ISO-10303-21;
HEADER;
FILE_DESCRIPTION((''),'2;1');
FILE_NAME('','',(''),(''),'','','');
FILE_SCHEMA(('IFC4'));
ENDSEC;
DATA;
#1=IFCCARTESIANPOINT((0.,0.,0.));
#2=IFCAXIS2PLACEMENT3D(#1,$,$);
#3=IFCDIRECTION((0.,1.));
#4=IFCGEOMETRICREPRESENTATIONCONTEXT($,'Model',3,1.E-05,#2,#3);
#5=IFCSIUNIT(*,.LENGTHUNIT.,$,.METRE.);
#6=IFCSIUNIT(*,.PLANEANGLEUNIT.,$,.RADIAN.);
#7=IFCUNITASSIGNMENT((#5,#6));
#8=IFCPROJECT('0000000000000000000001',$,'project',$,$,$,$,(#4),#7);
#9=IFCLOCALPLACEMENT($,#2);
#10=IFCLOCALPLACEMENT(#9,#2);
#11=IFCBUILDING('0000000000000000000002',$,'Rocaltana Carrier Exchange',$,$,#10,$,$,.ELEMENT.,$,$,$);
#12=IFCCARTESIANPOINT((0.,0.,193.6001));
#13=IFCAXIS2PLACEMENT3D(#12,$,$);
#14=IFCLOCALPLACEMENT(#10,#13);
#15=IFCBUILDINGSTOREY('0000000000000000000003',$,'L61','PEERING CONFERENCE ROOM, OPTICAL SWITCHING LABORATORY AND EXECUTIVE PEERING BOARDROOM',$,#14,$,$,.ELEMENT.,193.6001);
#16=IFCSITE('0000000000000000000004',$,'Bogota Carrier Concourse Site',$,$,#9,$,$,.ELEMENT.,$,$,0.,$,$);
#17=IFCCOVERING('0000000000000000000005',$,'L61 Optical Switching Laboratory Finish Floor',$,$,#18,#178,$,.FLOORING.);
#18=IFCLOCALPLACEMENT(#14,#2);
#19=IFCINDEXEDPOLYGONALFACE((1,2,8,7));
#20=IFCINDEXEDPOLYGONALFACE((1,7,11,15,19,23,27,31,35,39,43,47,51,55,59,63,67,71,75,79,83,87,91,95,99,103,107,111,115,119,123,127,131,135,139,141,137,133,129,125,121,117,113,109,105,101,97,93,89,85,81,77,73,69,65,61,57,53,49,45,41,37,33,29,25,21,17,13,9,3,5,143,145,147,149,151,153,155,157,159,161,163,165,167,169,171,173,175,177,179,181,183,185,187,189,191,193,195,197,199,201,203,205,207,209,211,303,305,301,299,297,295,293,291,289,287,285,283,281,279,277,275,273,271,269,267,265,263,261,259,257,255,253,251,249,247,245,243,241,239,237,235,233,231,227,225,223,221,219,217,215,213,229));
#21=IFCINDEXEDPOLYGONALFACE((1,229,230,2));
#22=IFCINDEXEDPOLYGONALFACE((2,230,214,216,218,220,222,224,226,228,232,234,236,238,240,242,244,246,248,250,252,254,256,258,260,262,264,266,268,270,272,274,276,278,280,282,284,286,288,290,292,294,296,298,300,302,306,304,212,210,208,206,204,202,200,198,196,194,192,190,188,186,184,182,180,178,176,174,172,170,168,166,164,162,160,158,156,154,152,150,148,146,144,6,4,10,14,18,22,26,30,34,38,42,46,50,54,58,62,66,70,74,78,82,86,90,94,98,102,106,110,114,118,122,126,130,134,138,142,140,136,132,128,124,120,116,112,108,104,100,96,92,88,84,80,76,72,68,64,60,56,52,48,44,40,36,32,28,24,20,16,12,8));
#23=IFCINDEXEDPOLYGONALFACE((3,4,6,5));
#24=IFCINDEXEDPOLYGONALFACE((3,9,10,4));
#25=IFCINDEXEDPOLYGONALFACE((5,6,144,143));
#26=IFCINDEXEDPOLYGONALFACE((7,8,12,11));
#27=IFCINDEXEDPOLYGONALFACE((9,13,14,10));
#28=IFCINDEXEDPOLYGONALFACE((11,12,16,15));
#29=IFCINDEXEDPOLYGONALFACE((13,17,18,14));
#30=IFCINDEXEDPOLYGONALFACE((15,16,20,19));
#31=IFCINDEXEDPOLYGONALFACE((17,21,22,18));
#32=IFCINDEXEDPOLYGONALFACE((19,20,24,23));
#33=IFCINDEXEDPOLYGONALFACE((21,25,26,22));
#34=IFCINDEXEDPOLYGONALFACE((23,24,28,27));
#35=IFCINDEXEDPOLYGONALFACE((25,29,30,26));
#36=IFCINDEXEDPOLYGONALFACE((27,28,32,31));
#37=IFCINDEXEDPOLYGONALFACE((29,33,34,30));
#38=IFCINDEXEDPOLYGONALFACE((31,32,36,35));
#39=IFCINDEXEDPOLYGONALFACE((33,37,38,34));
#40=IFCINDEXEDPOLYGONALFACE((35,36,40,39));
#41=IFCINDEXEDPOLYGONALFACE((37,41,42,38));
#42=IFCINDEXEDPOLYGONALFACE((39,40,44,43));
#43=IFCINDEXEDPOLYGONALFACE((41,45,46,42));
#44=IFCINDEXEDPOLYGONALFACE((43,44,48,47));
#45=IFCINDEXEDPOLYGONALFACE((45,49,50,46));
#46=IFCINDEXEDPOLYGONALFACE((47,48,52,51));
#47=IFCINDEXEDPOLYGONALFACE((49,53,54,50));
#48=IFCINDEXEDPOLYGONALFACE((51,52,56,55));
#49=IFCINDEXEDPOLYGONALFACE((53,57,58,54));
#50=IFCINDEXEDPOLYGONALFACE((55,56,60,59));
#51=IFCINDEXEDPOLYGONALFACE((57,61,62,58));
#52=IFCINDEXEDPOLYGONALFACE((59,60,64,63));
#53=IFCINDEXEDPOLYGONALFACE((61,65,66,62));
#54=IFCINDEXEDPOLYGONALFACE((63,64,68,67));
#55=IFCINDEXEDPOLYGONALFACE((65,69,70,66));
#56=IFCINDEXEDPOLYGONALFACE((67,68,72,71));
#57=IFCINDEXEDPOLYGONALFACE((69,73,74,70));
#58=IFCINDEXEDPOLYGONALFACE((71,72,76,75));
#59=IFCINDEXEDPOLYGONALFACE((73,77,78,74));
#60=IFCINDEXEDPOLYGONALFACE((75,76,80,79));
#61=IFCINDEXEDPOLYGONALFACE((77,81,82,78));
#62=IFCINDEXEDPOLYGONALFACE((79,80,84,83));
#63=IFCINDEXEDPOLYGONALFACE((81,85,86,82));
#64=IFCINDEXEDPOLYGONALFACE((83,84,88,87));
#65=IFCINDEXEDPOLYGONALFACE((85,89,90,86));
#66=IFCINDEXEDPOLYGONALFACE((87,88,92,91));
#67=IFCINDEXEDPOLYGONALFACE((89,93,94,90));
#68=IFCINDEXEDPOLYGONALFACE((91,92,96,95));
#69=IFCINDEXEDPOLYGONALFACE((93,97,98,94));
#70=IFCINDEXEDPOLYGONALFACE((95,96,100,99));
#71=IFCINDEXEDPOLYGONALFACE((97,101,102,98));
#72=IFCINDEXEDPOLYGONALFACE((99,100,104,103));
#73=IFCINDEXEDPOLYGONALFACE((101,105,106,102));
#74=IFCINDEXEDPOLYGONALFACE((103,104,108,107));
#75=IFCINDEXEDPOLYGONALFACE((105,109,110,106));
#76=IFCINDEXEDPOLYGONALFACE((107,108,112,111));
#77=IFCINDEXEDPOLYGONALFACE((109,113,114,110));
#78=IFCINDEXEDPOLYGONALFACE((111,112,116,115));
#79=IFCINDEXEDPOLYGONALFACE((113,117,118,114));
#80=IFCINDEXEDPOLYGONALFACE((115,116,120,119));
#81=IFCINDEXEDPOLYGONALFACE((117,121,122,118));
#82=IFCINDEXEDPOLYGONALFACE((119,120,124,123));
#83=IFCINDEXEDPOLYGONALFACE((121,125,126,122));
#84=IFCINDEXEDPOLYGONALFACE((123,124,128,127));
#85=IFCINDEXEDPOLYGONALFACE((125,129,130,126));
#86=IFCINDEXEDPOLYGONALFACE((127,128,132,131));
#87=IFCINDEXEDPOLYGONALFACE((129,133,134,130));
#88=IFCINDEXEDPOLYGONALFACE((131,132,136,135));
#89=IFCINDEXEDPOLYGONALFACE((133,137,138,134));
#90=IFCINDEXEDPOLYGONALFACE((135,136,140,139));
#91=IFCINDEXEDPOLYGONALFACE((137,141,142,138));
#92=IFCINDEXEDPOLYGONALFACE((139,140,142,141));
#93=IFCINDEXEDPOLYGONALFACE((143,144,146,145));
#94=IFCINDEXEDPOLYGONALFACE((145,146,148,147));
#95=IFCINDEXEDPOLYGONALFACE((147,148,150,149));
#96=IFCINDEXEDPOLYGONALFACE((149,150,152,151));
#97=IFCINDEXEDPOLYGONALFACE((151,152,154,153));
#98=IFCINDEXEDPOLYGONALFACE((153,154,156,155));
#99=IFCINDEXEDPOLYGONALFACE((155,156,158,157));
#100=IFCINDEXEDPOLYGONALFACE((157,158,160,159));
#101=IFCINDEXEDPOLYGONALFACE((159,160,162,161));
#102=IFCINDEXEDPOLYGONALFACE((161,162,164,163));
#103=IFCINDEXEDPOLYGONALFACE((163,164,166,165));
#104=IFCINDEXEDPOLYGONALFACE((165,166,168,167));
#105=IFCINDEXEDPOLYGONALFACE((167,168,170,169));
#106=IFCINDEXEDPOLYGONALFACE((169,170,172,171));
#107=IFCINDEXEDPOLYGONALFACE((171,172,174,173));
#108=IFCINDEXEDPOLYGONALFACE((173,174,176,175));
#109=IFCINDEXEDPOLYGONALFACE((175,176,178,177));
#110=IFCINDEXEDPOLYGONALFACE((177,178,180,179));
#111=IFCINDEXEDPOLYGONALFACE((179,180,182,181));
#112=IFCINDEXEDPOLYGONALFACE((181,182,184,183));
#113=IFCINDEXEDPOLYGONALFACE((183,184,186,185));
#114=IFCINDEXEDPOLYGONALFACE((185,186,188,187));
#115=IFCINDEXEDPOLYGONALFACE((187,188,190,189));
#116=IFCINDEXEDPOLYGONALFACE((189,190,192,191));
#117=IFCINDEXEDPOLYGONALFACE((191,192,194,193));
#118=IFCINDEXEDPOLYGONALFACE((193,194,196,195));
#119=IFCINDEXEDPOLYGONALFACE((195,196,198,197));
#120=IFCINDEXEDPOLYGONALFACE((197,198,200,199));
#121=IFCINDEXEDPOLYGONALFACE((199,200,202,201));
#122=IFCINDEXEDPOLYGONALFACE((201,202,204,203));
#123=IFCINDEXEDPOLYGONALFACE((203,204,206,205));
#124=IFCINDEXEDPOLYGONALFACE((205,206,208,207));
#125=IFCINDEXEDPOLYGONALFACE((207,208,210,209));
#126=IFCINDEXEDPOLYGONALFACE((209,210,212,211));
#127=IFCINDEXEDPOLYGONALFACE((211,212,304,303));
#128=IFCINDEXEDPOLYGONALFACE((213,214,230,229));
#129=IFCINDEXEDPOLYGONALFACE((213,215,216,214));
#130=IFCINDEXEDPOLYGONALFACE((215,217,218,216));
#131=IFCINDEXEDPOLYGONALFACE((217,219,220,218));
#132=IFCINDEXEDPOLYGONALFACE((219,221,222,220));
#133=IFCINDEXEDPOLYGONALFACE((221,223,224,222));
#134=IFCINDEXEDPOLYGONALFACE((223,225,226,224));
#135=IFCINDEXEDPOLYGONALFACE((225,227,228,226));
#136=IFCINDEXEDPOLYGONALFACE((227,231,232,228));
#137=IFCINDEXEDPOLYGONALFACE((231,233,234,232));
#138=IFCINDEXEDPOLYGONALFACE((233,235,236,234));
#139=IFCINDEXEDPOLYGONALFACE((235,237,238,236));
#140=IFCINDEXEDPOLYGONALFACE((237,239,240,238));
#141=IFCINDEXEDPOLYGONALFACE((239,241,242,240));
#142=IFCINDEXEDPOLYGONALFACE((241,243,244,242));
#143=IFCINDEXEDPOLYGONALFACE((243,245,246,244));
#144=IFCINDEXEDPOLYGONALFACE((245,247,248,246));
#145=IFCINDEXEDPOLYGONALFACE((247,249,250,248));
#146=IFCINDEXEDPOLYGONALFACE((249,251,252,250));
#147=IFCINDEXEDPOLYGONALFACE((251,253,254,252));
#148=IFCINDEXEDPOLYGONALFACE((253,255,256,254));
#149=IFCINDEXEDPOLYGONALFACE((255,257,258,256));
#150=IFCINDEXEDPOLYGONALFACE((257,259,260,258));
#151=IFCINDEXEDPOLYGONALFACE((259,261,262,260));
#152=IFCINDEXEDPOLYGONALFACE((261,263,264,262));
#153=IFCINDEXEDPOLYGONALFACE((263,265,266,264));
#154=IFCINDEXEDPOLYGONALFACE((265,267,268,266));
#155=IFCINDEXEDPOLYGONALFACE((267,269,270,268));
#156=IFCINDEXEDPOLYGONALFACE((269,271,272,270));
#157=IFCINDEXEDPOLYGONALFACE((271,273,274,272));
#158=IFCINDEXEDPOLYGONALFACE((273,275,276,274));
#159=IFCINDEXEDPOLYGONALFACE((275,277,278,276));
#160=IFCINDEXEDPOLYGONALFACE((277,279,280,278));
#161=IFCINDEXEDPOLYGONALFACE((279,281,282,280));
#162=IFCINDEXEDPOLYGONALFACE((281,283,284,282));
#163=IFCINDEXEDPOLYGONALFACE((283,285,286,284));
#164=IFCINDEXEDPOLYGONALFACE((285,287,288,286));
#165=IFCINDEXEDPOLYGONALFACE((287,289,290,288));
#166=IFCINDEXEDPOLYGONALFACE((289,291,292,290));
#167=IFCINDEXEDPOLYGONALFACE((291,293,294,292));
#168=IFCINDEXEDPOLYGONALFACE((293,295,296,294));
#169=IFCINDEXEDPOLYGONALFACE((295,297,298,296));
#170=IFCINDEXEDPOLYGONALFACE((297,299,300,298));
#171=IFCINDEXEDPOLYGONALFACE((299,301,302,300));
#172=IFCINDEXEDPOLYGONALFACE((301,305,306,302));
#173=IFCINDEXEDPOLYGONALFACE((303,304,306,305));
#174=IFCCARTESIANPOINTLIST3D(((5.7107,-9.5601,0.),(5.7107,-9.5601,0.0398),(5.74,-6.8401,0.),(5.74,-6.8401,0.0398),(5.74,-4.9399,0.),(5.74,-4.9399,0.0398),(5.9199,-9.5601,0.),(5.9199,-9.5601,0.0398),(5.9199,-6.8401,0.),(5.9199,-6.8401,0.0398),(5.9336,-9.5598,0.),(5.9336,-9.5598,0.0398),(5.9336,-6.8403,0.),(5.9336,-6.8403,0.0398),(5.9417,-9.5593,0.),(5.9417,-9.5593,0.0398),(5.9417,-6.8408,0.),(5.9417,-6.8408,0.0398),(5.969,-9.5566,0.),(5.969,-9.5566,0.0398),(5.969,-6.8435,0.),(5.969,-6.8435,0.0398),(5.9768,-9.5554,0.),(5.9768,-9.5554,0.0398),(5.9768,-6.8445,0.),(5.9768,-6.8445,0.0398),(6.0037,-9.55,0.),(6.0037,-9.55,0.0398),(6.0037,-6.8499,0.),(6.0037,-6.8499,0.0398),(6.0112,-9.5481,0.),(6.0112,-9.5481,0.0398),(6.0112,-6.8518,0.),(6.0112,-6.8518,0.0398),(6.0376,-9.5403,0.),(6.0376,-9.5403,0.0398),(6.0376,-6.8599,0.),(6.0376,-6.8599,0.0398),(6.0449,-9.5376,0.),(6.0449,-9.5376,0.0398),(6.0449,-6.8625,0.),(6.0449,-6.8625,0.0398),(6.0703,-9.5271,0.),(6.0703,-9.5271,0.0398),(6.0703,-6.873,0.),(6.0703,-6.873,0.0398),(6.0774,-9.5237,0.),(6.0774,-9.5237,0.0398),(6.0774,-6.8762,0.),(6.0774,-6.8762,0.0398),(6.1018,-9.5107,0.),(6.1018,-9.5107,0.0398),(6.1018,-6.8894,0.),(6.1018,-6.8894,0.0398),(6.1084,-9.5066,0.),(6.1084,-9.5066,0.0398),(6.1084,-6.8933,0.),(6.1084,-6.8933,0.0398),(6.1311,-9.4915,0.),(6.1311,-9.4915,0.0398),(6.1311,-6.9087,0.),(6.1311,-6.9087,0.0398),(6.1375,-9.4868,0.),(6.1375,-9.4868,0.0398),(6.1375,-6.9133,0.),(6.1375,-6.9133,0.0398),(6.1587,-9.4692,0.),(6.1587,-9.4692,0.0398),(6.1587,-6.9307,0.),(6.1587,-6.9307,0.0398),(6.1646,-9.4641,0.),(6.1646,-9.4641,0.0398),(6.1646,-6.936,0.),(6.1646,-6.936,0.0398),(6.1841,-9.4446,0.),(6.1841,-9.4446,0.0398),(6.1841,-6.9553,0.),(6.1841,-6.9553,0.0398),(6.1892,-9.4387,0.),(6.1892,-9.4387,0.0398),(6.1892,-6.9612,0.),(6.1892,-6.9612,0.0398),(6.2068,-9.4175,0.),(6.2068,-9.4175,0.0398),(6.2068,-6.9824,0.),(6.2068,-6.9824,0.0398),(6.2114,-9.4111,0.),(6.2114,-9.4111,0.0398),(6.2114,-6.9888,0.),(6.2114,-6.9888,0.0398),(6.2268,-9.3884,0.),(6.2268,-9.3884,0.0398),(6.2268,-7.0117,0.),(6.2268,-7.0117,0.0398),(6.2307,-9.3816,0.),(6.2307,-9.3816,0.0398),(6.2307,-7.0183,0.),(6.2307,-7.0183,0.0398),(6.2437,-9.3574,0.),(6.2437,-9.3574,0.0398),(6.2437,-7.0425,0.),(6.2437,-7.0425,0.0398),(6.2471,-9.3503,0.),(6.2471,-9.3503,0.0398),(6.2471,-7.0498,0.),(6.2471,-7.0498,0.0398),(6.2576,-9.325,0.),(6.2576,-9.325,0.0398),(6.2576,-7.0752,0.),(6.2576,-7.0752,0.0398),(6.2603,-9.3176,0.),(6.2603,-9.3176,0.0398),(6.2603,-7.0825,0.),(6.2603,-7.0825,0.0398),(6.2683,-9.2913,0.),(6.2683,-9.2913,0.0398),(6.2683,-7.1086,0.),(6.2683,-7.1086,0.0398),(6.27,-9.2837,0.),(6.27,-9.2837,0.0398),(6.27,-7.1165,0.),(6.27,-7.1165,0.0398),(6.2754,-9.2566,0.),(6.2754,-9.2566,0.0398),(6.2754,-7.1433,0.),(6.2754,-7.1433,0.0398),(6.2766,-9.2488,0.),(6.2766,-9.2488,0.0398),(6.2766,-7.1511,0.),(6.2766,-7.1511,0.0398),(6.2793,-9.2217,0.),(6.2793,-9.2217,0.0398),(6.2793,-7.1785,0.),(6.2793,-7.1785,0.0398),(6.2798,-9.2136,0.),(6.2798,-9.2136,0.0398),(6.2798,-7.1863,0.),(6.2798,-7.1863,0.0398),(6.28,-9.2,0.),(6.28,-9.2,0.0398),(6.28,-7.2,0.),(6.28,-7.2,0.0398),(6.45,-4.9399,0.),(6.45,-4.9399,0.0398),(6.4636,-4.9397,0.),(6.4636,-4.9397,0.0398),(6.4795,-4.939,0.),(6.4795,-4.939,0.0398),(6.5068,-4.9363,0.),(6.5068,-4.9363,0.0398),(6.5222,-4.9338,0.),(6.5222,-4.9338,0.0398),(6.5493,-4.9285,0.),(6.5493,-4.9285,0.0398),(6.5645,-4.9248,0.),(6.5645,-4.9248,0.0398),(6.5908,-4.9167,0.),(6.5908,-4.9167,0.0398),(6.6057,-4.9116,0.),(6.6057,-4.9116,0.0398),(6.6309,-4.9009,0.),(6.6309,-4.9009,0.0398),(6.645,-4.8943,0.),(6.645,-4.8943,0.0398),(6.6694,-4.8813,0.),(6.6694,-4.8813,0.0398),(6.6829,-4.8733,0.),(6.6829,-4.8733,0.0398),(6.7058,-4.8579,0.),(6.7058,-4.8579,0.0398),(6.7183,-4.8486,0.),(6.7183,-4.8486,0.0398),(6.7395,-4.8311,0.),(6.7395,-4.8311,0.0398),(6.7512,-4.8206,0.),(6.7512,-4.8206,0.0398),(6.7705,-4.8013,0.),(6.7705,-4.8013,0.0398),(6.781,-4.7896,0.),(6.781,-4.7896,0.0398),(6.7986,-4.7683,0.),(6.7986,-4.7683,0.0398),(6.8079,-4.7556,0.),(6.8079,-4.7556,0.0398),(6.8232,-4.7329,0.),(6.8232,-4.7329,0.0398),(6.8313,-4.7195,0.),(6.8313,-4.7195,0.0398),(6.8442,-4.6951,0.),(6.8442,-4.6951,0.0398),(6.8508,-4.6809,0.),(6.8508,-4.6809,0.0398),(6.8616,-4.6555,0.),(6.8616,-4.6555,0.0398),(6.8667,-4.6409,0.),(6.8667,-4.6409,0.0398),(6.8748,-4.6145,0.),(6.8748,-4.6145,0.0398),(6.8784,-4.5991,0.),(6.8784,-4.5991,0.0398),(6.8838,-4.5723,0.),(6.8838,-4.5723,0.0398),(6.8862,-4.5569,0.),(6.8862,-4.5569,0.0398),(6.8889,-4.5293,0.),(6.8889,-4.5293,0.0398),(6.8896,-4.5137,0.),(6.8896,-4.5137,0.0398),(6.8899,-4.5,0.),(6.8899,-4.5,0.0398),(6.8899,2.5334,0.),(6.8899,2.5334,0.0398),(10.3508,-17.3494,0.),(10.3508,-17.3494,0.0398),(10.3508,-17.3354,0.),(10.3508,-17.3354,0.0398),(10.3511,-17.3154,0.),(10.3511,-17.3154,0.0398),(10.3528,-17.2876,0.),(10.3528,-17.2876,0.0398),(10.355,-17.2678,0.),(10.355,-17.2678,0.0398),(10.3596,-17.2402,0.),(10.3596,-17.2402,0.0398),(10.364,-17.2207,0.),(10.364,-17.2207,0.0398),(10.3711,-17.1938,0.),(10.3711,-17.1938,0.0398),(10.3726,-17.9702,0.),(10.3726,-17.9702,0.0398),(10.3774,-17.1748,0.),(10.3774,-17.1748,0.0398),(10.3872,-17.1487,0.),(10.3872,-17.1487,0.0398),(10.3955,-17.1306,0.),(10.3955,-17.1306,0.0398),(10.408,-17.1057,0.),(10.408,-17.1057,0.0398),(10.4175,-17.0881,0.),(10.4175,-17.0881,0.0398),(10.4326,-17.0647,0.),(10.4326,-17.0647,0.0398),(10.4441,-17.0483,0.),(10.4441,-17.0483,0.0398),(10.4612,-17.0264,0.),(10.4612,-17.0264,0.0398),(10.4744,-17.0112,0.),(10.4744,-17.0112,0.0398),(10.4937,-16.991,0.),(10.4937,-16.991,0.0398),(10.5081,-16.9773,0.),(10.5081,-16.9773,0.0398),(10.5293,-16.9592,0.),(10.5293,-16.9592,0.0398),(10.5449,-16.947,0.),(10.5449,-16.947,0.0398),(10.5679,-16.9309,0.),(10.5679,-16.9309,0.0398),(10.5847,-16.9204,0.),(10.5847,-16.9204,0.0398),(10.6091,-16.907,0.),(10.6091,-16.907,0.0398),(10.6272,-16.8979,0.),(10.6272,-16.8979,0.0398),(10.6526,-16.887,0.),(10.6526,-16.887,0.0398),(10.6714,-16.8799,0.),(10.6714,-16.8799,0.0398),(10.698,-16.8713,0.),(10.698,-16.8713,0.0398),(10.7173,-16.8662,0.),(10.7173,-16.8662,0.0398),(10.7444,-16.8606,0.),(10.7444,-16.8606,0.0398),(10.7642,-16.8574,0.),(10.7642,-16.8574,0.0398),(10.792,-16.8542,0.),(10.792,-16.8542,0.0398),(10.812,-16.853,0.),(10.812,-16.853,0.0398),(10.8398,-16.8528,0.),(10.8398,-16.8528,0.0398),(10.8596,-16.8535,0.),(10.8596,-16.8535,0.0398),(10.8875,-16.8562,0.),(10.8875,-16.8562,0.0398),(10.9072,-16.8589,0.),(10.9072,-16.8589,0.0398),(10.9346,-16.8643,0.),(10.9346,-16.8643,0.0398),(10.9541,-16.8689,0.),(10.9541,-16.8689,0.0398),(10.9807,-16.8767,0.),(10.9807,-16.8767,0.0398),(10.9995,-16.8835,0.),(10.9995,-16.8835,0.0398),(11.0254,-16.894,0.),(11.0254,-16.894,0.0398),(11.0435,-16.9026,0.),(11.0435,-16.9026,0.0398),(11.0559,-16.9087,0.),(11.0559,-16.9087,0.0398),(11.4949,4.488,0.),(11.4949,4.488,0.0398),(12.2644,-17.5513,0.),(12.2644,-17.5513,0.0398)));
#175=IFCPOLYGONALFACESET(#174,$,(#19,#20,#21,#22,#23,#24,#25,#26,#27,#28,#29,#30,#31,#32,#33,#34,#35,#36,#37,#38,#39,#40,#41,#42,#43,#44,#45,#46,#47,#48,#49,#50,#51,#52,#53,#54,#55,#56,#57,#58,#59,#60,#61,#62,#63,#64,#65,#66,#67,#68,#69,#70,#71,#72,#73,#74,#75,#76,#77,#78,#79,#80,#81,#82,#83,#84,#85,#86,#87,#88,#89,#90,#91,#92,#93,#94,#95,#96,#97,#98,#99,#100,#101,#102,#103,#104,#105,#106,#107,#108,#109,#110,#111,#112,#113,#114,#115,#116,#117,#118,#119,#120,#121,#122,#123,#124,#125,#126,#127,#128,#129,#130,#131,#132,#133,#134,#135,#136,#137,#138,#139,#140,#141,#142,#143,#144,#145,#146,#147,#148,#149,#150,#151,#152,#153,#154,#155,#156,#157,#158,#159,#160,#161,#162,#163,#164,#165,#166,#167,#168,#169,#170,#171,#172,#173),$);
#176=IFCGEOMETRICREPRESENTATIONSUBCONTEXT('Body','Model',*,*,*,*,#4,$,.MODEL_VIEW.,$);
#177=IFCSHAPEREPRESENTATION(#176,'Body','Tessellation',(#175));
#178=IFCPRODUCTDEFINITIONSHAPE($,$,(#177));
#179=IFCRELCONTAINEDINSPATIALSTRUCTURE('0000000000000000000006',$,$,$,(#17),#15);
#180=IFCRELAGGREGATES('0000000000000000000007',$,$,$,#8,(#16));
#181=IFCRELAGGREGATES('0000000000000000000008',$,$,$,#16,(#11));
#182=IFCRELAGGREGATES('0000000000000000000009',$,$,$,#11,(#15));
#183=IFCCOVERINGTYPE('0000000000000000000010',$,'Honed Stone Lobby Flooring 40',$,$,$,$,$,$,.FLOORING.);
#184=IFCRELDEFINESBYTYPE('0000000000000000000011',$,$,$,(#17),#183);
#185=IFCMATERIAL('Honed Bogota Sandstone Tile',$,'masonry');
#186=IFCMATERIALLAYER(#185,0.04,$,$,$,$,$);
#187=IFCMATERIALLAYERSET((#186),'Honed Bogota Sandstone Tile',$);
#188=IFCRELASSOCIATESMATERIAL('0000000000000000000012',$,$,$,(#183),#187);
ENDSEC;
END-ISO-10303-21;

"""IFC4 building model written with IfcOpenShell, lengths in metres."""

from ifc_helpers import new_model, si_unit, direction, frame, origin, place, context, subcontext, project, spatial, polyline, outline, extrude, material, layer, layer_set, type_object, element, save


model = new_model("IFC4")

# Units and contexts
model_context = context("Model", 3, precision=1e-05, world=origin(), true_north=direction((0.0, 1.0)))
body_context = subcontext(model_context, "Body", "Model", "MODEL_VIEW")
ifc_project = project(units=[si_unit("LENGTHUNIT", "METRE"), si_unit("PLANEANGLEUNIT", "RADIAN")], contexts=[model_context])

# Site, building, storey
site_placement = place(None, origin())
site = spatial("IfcSite", under=ifc_project, at=site_placement, Name="Bogota Carrier Concourse Site", CompositionType="ELEMENT", RefElevation=0.0)
building_placement = place(site_placement, origin())
building = spatial("IfcBuilding", under=site, at=building_placement, Name="Rocaltana Carrier Exchange", CompositionType="ELEMENT")
storey_placement = place(building_placement, frame((0.0, 0.0, 193.6001)))
storey = spatial("IfcBuildingStorey", under=building, at=storey_placement, Name="L61", Description="PEERING CONFERENCE ROOM, OPTICAL SWITCHING LABORATORY AND EXECUTIVE PEERING BOARDROOM", CompositionType="ELEMENT", Elevation=193.6001)

# Covering
ifc_material_1 = material(Name="Honed Bogota Sandstone Tile", Category="masonry")
ifc_layer_1 = layer(ifc_material_1, 0.04)
ifc_layer_set_1 = layer_set([ifc_layer_1], Name="Honed Bogota Sandstone Tile")
covering_type_1 = type_object("IfcCoveringType", Name="Honed Stone Lobby Flooring 40", PredefinedType="FLOORING", material=ifc_layer_set_1)
covering_1_placement = place(storey_placement, origin())
element("IfcCovering", 1, at=covering_1_placement, inside=storey, type_object=covering_type_1, Name="L61 Optical Switching Laboratory Finish Floor", PredefinedType="FLOORING", context=body_context, shape_type="SweptSolid", body=[
    extrude(outline(polyline([(5.74, -6.8401), (5.74, -4.9399), (6.45, -4.9399), (6.4636, -4.9397), (6.4795, -4.939), (6.5068, -4.9363), (6.5222, -4.9338), (6.5493, -4.9285), (6.5645, -4.9248), (6.5908, -4.9167), (6.6057, -4.9116), (6.6309, -4.9009), (6.645, -4.8943), (6.6694, -4.8813), (6.6829, -4.8733), (6.7058, -4.8579), (6.7183, -4.8486), (6.7395, -4.8311), (6.7512, -4.8206), (6.7705, -4.8013), (6.781, -4.7896), (6.7986, -4.7683), (6.8079, -4.7556), (6.8232, -4.7329), (6.8313, -4.7195), (6.8442, -4.6951), (6.8508, -4.6809), (6.8616, -4.6555), (6.8667, -4.6409), (6.8748, -4.6145), (6.8784, -4.5991), (6.8838, -4.5723), (6.8862, -4.5569), (6.8889, -4.5293), (6.8896, -4.5137), (6.8899, -4.5), (6.8899, 2.5334), (11.4949, 4.488), (12.2644, -17.5513), (11.0559, -16.9087), (11.0435, -16.9026), (11.0254, -16.894), (10.9995, -16.8835), (10.9807, -16.8767), (10.9541, -16.8689), (10.9346, -16.8643), (10.9072, -16.8589), (10.8875, -16.8562), (10.8596, -16.8535), (10.8398, -16.8528), (10.812, -16.853), (10.792, -16.8542), (10.7642, -16.8574), (10.7444, -16.8606), (10.7173, -16.8662), (10.698, -16.8713), (10.6714, -16.8799), (10.6526, -16.887), (10.6272, -16.8979), (10.6091, -16.907), (10.5847, -16.9204), (10.5679, -16.9309), (10.5449, -16.947), (10.5293, -16.9592), (10.5081, -16.9773), (10.4937, -16.991), (10.4744, -17.0112), (10.4612, -17.0264), (10.4441, -17.0483), (10.4326, -17.0647), (10.4175, -17.0881), (10.408, -17.1057), (10.3955, -17.1306), (10.3872, -17.1487), (10.3774, -17.1748), (10.3711, -17.1938), (10.364, -17.2207), (10.3596, -17.2402), (10.355, -17.2678), (10.3528, -17.2876), (10.3511, -17.3154), (10.3508, -17.3354), (10.3508, -17.3494), (10.3726, -17.9702), (5.7107, -9.5601), (5.9199, -9.5601), (5.9336, -9.5598), (5.9417, -9.5593), (5.969, -9.5566), (5.9768, -9.5554), (6.0037, -9.55), (6.0112, -9.5481), (6.0376, -9.5403), (6.0449, -9.5376), (6.0703, -9.5271), (6.0774, -9.5237), (6.1018, -9.5107), (6.1084, -9.5066), (6.1311, -9.4915), (6.1375, -9.4868), (6.1587, -9.4692), (6.1646, -9.4641), (6.1841, -9.4446), (6.1892, -9.4387), (6.2068, -9.4175), (6.2114, -9.4111), (6.2268, -9.3884), (6.2307, -9.3816), (6.2437, -9.3574), (6.2471, -9.3503), (6.2576, -9.325), (6.2603, -9.3176), (6.2683, -9.2913), (6.27, -9.2837), (6.2754, -9.2566), (6.2766, -9.2488), (6.2793, -9.2217), (6.2798, -9.2136), (6.28, -9.2), (6.28, -7.2), (6.2798, -7.1863), (6.2793, -7.1785), (6.2766, -7.1511), (6.2754, -7.1433), (6.27, -7.1165), (6.2683, -7.1086), (6.2603, -7.0825), (6.2576, -7.0752), (6.2471, -7.0498), (6.2437, -7.0425), (6.2307, -7.0183), (6.2268, -7.0117), (6.2114, -6.9888), (6.2068, -6.9824), (6.1892, -6.9612), (6.1841, -6.9553), (6.1646, -6.936), (6.1587, -6.9307), (6.1375, -6.9133), (6.1311, -6.9087), (6.1084, -6.8933), (6.1018, -6.8894), (6.0774, -6.8762), (6.0703, -6.873), (6.0449, -6.8625), (6.0376, -6.8599), (6.0112, -6.8518), (6.0037, -6.8499), (5.9768, -6.8445), (5.969, -6.8435), (5.9417, -6.8408), (5.9336, -6.8403), (5.9199, -6.8401), (5.74, -6.8401)])), origin(), (0.0, 0.0, 1.0), 0.0398),
])

save(model, "model.ifc")
